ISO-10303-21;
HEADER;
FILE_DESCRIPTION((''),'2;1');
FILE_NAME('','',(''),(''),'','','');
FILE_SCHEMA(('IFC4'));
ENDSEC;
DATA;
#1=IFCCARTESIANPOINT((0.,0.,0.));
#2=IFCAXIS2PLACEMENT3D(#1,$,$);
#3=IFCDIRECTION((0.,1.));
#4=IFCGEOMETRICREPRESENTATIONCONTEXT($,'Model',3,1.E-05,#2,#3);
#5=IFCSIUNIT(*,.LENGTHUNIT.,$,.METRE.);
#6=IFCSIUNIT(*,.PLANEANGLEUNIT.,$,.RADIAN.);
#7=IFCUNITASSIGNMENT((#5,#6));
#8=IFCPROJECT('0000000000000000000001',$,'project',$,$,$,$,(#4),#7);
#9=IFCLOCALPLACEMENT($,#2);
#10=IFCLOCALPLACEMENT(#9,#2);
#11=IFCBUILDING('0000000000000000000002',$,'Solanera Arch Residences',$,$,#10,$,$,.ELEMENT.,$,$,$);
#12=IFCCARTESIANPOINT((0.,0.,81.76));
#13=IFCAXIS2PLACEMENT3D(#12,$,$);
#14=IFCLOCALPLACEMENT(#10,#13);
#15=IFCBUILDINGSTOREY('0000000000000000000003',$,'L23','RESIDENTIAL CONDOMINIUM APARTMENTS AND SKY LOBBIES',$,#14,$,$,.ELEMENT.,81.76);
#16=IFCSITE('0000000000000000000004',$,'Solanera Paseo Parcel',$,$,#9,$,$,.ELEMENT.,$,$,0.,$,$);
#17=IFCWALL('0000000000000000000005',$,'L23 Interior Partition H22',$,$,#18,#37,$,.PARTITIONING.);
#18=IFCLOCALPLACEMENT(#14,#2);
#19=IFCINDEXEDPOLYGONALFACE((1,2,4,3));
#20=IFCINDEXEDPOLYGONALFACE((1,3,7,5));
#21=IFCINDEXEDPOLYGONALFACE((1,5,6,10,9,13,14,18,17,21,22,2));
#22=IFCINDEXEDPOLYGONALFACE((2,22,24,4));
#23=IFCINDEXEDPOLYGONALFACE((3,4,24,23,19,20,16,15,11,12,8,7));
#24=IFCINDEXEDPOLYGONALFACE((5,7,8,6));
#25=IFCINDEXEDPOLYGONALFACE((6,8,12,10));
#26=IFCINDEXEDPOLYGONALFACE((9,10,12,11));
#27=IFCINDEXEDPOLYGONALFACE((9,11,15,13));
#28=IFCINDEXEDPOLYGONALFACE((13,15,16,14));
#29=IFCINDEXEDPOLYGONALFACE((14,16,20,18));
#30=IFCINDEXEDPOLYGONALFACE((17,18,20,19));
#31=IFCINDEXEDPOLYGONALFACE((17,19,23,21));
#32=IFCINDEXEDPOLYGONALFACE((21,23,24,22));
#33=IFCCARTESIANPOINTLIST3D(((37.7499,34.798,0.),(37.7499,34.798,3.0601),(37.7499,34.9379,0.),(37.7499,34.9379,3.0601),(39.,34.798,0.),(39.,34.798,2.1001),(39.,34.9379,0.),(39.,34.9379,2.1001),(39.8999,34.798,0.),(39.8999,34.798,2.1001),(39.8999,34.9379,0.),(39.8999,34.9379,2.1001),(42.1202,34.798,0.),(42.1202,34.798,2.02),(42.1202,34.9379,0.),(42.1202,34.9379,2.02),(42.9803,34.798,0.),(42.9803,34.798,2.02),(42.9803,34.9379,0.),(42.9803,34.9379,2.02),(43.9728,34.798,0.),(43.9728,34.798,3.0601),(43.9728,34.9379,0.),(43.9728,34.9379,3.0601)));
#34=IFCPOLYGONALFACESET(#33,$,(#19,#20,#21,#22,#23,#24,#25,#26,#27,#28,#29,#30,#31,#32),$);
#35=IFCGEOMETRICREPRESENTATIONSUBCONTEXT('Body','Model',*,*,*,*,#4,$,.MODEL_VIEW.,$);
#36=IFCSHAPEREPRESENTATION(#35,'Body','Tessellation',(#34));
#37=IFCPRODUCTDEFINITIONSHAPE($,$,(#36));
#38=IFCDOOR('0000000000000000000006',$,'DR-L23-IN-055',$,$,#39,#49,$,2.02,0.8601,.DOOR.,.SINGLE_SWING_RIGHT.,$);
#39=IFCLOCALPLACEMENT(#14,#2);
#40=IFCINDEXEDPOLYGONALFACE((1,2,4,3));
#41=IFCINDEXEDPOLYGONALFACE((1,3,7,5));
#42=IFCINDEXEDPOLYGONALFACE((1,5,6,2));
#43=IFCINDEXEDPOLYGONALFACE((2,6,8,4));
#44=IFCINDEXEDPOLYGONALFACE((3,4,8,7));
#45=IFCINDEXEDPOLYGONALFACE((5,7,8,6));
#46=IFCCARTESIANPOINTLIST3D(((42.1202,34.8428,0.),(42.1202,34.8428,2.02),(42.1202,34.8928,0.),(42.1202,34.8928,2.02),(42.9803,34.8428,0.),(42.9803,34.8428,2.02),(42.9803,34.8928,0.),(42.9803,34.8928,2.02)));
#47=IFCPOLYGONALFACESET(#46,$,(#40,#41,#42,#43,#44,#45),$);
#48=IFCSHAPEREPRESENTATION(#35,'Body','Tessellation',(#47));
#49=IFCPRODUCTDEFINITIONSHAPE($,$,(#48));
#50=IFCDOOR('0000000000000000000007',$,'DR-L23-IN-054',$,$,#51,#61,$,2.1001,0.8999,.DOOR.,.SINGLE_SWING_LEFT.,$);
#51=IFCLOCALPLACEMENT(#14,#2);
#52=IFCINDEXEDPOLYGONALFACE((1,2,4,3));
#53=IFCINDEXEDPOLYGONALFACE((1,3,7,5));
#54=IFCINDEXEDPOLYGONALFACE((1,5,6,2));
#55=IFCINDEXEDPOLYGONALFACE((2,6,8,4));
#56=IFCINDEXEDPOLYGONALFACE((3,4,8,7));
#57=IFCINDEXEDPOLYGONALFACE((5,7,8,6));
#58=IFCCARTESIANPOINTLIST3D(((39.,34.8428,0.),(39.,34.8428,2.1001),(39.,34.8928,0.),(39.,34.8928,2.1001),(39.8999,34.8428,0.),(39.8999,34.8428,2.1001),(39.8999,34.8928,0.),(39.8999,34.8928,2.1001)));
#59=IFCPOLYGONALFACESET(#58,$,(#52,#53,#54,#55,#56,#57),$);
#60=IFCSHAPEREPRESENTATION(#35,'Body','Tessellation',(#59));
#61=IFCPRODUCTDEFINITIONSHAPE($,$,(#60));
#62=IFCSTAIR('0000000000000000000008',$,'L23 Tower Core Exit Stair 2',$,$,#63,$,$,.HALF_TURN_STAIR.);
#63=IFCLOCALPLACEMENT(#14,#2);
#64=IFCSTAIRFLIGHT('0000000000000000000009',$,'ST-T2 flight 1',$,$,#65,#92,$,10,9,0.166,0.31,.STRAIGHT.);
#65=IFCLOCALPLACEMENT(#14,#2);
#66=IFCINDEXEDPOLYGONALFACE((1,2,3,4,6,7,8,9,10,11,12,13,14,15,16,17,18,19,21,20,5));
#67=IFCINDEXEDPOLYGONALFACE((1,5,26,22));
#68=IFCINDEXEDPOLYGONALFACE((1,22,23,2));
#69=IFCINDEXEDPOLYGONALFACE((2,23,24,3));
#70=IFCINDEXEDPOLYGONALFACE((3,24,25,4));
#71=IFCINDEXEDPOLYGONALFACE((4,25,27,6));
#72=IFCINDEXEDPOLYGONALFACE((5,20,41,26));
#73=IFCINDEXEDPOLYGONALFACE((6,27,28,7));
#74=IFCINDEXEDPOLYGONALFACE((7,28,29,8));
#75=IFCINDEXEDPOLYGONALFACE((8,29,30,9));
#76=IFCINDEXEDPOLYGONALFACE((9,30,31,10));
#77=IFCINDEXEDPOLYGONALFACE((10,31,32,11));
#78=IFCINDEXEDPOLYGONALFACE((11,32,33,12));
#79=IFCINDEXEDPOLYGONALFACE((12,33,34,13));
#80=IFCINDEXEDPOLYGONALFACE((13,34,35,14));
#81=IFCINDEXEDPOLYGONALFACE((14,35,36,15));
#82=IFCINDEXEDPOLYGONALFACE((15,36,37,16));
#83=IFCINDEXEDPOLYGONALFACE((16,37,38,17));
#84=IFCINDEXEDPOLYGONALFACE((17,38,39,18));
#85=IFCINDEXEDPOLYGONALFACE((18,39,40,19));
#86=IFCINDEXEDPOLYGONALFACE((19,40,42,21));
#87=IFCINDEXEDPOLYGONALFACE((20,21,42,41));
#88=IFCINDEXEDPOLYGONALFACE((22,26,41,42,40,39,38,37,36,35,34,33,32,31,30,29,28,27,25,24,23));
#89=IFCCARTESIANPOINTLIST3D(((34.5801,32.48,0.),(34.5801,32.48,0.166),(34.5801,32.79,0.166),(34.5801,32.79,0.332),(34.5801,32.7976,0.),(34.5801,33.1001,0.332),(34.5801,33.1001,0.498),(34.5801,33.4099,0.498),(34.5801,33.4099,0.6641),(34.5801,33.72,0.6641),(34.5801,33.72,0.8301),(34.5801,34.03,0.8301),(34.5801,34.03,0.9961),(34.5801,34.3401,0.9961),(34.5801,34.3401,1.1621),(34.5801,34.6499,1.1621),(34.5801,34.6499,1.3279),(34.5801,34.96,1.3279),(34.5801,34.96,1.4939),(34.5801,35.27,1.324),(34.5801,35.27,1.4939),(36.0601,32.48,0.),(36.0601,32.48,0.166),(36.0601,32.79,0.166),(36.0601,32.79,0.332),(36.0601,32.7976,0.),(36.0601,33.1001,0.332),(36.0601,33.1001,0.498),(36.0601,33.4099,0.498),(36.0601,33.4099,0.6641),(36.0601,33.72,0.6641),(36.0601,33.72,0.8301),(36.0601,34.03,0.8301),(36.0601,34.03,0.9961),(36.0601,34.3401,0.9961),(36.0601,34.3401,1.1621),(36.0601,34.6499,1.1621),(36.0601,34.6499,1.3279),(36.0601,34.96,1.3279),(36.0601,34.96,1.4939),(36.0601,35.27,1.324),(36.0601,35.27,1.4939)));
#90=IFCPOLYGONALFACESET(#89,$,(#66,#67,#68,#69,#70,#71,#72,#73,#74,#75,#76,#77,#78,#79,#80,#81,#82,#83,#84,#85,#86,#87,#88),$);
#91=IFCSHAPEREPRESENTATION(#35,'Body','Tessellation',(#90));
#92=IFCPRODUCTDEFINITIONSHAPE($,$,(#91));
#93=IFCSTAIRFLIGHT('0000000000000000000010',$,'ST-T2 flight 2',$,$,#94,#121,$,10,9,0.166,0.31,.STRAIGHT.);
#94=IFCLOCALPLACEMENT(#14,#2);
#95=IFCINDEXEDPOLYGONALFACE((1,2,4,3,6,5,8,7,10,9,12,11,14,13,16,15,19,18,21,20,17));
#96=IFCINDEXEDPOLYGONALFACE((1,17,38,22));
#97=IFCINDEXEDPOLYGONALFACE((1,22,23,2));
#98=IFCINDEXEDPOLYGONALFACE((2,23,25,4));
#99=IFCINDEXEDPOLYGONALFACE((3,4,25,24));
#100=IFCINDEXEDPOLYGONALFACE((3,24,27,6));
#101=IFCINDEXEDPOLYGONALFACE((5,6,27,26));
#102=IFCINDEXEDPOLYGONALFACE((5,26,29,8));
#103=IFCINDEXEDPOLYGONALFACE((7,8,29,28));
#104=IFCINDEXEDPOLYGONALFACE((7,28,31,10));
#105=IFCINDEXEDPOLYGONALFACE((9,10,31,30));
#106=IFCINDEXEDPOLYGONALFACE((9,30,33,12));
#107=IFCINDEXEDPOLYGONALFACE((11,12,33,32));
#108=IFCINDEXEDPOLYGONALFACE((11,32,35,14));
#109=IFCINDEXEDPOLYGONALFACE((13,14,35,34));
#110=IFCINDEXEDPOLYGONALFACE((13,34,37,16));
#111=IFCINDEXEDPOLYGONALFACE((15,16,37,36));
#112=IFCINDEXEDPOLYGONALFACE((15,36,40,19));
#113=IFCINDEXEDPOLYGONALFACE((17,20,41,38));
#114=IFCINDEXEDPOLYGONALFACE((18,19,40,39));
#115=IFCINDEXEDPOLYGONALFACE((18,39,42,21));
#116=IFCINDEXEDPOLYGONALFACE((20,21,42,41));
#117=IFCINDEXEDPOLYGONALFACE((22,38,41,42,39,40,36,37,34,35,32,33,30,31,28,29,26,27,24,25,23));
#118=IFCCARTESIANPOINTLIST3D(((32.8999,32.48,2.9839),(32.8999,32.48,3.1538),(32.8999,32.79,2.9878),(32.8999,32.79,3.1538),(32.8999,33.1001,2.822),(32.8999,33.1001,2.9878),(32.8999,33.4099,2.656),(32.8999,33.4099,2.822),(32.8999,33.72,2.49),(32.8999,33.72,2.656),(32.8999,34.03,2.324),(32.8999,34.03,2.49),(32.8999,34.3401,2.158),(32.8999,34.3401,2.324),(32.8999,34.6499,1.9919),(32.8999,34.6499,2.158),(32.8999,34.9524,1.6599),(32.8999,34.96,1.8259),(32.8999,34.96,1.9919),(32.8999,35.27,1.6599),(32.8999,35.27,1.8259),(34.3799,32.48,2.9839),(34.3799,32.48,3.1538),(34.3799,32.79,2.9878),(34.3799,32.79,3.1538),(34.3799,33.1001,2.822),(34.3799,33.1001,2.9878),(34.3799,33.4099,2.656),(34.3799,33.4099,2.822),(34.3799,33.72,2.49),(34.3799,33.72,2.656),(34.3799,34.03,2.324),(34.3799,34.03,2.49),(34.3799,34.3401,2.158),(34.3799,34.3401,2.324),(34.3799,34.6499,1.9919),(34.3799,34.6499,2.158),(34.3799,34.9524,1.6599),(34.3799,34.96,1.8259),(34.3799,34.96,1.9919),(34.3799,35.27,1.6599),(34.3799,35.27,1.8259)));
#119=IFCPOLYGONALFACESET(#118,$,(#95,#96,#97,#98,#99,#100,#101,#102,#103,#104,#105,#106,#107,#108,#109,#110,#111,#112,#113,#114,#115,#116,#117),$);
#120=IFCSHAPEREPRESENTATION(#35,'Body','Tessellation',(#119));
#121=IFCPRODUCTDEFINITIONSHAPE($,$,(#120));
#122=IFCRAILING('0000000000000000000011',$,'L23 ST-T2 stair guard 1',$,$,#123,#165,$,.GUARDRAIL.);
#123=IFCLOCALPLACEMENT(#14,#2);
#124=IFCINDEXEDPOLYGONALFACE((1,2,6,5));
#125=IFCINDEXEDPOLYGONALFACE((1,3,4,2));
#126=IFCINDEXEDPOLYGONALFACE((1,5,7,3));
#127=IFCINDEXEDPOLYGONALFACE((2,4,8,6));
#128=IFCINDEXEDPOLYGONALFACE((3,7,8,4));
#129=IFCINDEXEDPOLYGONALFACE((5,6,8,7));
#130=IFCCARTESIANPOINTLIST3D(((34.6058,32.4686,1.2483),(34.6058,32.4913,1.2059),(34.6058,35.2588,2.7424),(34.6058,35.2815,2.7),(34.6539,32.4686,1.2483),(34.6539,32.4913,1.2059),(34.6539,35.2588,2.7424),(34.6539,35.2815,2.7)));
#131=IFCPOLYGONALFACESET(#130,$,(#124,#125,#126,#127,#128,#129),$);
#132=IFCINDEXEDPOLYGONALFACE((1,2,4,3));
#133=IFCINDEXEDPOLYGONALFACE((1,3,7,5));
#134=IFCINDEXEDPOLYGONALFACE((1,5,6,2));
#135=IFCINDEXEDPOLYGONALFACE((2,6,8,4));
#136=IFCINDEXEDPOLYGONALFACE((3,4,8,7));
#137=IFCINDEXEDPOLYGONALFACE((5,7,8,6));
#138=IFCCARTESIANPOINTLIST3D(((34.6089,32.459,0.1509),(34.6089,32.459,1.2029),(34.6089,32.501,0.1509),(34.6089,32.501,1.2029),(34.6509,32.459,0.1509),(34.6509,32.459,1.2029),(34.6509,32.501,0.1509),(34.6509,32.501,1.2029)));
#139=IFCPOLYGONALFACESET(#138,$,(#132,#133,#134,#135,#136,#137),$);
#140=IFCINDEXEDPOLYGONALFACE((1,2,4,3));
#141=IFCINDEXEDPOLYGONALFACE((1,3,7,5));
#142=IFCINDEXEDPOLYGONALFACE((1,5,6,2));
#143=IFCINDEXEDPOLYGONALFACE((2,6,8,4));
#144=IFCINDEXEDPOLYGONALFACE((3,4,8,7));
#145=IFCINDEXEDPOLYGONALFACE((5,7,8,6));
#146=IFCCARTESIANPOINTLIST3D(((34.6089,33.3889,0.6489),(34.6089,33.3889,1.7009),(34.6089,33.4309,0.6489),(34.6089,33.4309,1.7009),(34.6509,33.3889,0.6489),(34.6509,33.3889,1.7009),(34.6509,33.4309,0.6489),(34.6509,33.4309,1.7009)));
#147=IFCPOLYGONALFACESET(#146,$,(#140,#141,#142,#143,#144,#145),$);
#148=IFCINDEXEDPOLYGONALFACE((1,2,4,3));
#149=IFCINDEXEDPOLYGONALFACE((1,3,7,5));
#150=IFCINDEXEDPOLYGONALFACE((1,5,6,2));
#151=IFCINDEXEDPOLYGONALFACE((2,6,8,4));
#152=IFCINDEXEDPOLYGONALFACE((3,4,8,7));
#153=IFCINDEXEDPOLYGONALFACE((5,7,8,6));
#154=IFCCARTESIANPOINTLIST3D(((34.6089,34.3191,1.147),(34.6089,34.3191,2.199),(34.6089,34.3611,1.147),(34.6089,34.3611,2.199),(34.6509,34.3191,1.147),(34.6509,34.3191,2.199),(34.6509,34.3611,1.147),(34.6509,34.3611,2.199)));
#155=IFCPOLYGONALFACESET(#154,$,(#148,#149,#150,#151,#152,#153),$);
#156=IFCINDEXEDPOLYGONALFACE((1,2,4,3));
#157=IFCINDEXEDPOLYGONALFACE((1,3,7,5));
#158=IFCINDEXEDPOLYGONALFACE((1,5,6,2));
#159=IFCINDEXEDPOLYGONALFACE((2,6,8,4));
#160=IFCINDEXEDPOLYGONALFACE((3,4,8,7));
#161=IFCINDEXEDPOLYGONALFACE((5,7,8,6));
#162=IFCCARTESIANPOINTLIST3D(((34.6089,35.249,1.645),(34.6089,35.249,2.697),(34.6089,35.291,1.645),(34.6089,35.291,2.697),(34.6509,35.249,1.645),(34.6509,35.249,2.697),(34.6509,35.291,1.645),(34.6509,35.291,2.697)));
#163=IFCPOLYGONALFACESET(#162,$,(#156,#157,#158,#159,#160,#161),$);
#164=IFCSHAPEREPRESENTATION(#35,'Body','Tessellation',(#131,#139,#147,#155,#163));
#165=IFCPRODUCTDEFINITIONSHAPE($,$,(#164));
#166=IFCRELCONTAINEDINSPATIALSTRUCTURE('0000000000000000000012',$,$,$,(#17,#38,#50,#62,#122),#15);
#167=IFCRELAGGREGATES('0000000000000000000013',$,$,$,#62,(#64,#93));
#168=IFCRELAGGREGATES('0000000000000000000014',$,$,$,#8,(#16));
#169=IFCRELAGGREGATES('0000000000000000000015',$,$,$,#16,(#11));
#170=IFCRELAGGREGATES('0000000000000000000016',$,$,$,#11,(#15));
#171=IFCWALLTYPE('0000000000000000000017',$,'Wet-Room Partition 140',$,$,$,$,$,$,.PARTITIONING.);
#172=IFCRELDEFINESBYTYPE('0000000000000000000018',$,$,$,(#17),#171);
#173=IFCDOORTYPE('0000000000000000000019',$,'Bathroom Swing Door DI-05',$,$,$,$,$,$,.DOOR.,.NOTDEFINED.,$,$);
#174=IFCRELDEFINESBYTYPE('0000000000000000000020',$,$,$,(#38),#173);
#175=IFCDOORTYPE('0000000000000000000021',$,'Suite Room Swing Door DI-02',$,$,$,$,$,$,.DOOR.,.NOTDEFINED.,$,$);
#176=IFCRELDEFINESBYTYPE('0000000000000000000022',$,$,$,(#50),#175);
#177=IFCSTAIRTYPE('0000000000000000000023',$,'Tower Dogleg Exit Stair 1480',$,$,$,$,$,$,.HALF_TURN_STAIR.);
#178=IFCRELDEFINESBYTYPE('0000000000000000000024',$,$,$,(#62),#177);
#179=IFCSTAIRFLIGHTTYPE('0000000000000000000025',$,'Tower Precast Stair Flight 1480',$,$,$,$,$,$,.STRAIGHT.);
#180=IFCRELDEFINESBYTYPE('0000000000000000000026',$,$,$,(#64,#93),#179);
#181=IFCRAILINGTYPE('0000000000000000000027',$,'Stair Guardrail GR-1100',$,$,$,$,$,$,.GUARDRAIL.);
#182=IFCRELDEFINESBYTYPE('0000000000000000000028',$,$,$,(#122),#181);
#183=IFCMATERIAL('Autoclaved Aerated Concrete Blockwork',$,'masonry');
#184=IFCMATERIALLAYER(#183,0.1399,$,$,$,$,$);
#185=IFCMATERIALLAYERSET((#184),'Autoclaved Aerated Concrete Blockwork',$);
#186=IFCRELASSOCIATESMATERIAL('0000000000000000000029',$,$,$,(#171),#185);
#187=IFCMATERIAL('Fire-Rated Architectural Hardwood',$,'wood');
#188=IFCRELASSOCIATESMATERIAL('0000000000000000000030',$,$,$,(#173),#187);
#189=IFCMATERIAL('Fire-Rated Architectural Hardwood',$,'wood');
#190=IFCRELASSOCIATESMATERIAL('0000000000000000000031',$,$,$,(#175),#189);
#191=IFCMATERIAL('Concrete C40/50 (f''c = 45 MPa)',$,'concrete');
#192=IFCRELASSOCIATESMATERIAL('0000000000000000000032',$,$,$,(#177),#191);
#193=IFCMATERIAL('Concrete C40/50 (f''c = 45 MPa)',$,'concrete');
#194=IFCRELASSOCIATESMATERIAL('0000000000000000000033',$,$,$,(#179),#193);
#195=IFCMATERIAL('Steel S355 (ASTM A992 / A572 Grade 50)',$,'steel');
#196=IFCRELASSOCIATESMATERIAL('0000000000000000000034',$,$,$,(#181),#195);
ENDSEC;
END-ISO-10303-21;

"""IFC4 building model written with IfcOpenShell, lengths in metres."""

from ifc_helpers import new_model, si_unit, direction, frame, frame_2d, origin, origin_2d, place, context, subcontext, project, spatial, polyline, rectangle, outline, extrude, material, layer, layer_set, type_object, element, fill, aggregate, save


model = new_model("IFC4")

# Units and contexts
model_context = context("Model", 3, precision=1e-05, world=origin(), true_north=direction((0.0, 1.0)))
body_context = subcontext(model_context, "Body", "Model", "MODEL_VIEW")
ifc_project = project(units=[si_unit("LENGTHUNIT", "METRE"), si_unit("PLANEANGLEUNIT", "RADIAN")], contexts=[model_context])

# Site, building, storey
site_placement = place(None, origin())
site = spatial("IfcSite", under=ifc_project, at=site_placement, Name="Solanera Paseo Parcel", CompositionType="ELEMENT", RefElevation=0.0)
building_placement = place(site_placement, origin())
building = spatial("IfcBuilding", under=site, at=building_placement, Name="Solanera Arch Residences", CompositionType="ELEMENT")
storey_placement = place(building_placement, frame((0.0, 0.0, 81.76)))
storey = spatial("IfcBuildingStorey", under=building, at=storey_placement, Name="L23", Description="RESIDENTIAL CONDOMINIUM APARTMENTS AND SKY LOBBIES", CompositionType="ELEMENT", Elevation=81.76)

# Wall, openings, doors
ifc_material_1 = material(Name="Autoclaved Aerated Concrete Blockwork", Category="masonry")
ifc_layer_1 = layer(ifc_material_1, 0.1399)
ifc_layer_set_1 = layer_set([ifc_layer_1], Name="Autoclaved Aerated Concrete Blockwork")
wall_type_1 = type_object("IfcWallType", Name="Wet-Room Partition 140", PredefinedType="PARTITIONING", material=ifc_layer_set_1)
wall_1_placement = place(storey_placement, frame((37.75, 34.8679, 0.0), z_axis=(0.0, 0.0, 1.0), x_axis=(1.0, 0.0, 0.0)))
wall_1 = element("IfcWall", 1, at=wall_1_placement, inside=storey, type_object=wall_type_1, Name="L23 Interior Partition H22", PredefinedType="PARTITIONING", context=body_context, shape_type="SweptSolid", body=[
    extrude(rectangle(XDim=6.2229, YDim=0.1399, at=frame_2d((3.1113, 0.0))), origin(), (0.0, 0.0, 1.0), 3.0601),
])
opening_1_placement = place(wall_1_placement, frame((1.25, 0.0, 0.0)))
opening_1 = element("IfcOpeningElement", 2, at=opening_1_placement, cuts=wall_1, PredefinedType="OPENING", context=body_context, shape_type="SweptSolid", body=[
    extrude(rectangle(XDim=0.8999, YDim=2.1001, at=frame_2d((0.45, 1.05))), frame((0.0, 0.0798, 0.0), z_axis=(0.0, -1.0, 0.0), x_axis=(1.0, 0.0, 0.0)), (0.0, 0.0, 1.0), 0.1599),
])
opening_2_placement = place(wall_1_placement, frame((4.3701, 0.0, 0.0)))
opening_2 = element("IfcOpeningElement", 3, at=opening_2_placement, cuts=wall_1, PredefinedType="OPENING", context=body_context, shape_type="SweptSolid", body=[
    extrude(rectangle(XDim=0.8601, YDim=2.02, at=frame_2d((0.4302, 1.01))), frame((0.0, 0.0798, 0.0), z_axis=(0.0, -1.0, 0.0), x_axis=(1.0, 0.0, 0.0)), (0.0, 0.0, 1.0), 0.1599),
])
ifc_material_2 = material(Name="Fire-Rated Architectural Hardwood", Category="wood")
door_type_1 = type_object("IfcDoorType", Name="Bathroom Swing Door DI-05", OperationType="NOTDEFINED", PredefinedType="DOOR", material=ifc_material_2)
door_1_placement = place(opening_2_placement, origin())
door_1 = element("IfcDoor", 4, at=door_1_placement, inside=storey, type_object=door_type_1, Name="DR-L23-IN-055", OperationType="SINGLE_SWING_RIGHT", OverallHeight=2.02, OverallWidth=0.8601, PredefinedType="DOOR", context=body_context, shape_type="SweptSolid", body=[
    extrude(rectangle(XDim=0.8601, YDim=2.02, at=frame_2d((0.4302, 1.01))), frame((0.0, 0.0249, 0.0), z_axis=(0.0, -1.0, 0.0), x_axis=(1.0, 0.0, 0.0)), (0.0, 0.0, 1.0), 0.05),
])
fill(opening_2, door_1)
ifc_material_3 = material(Name="Fire-Rated Architectural Hardwood", Category="wood")
door_type_2 = type_object("IfcDoorType", Name="Suite Room Swing Door DI-02", OperationType="NOTDEFINED", PredefinedType="DOOR", material=ifc_material_3)
door_2_placement = place(opening_1_placement, origin())
door_2 = element("IfcDoor", 5, at=door_2_placement, inside=storey, type_object=door_type_2, Name="DR-L23-IN-054", OperationType="SINGLE_SWING_LEFT", OverallHeight=2.1001, OverallWidth=0.8999, PredefinedType="DOOR", context=body_context, shape_type="SweptSolid", body=[
    extrude(rectangle(XDim=0.8999, YDim=2.1001, at=frame_2d((0.45, 1.05))), frame((0.0, 0.0249, 0.0), z_axis=(0.0, -1.0, 0.0), x_axis=(1.0, 0.0, 0.0)), (0.0, 0.0, 1.0), 0.05),
])
fill(opening_1, door_2)

# Stair, stair flights
ifc_material_4 = material(Name="Concrete C40/50 (f'c = 45 MPa)", Category="concrete")
stair_type = type_object("IfcStairType", Name="Tower Dogleg Exit Stair 1480", PredefinedType="HALF_TURN_STAIR", material=ifc_material_4)
stair_placement = place(storey_placement, origin())
stair = element("IfcStair", 6, at=stair_placement, inside=storey, type_object=stair_type, Name="L23 Tower Core Exit Stair 2", PredefinedType="HALF_TURN_STAIR")
ifc_material_5 = material(Name="Concrete C40/50 (f'c = 45 MPa)", Category="concrete")
stair_flight_type = type_object("IfcStairFlightType", Name="Tower Precast Stair Flight 1480", PredefinedType="STRAIGHT", material=ifc_material_5)
stair_flight_1_placement = place(storey_placement, frame((35.3201, 32.48, 0.0), z_axis=(0.0, 0.0, 1.0), x_axis=(0.0, 1.0, 0.0)))
stair_flight_1 = element("IfcStairFlight", 7, at=stair_flight_1_placement, type_object=stair_flight_type, Name="ST-T2 flight 1", NumberOfRisers=10, NumberOfTreads=9, PredefinedType="STRAIGHT", RiserHeight=0.166, TreadLength=0.31, context=body_context, shape_type="SweptSolid", body=[
    extrude(outline(polyline([(0.0, 0.0), (0.0, 0.166), (0.3101, 0.166), (0.3101, 0.332), (0.6201, 0.332), (0.6201, 0.498), (0.9299, 0.498), (0.9299, 0.6641), (1.24, 0.6641), (1.24, 0.8301), (1.55, 0.8301), (1.55, 0.9961), (1.8601, 0.9961), (1.8601, 1.1621), (2.1699, 1.1621), (2.1699, 1.3279), (2.48, 1.3279), (2.48, 1.4939), (2.79, 1.4939), (2.79, 1.6599), (2.79, 1.324), (0.3176, 0.0), (0.0, 0.0)])), frame((0.0, 0.74, 0.0), z_axis=(0.0, -1.0, 0.0), x_axis=(1.0, 0.0, 0.0)), (0.0, 0.0, 1.0), 1.48),
])
stair_flight_2_placement = place(storey_placement, frame((33.6399, 35.27, 1.6599), z_axis=(0.0, 0.0, 1.0), x_axis=(0.0, -1.0, 0.0)))
stair_flight_2 = element("IfcStairFlight", 8, at=stair_flight_2_placement, type_object=stair_flight_type, Name="ST-T2 flight 2", NumberOfRisers=10, NumberOfTreads=9, PredefinedType="STRAIGHT", RiserHeight=0.166, TreadLength=0.31, context=body_context, shape_type="SweptSolid", body=[
    extrude(outline(polyline([(0.0, 0.0), (0.0, 0.166), (0.3101, 0.166), (0.3101, 0.332), (0.6201, 0.332), (0.6201, 0.498), (0.9299, 0.498), (0.9299, 0.6641), (1.24, 0.6641), (1.24, 0.8301), (1.55, 0.8301), (1.55, 0.9961), (1.8601, 0.9961), (1.8601, 1.1621), (2.1699, 1.1621), (2.1699, 1.3279), (2.48, 1.3279), (2.48, 1.4939), (2.79, 1.4939), (2.79, 1.6599), (2.79, 1.324), (0.3176, 0.0), (0.0, 0.0)])), frame((0.0, 0.74, 0.0), z_axis=(0.0, -1.0, 0.0), x_axis=(1.0, 0.0, 0.0)), (0.0, 0.0, 1.0), 1.48),
])
aggregate(stair, [stair_flight_1, stair_flight_2])

# Railing
ifc_material_6 = material(Name="Steel S355 (ASTM A992 / A572 Grade 50)", Category="steel")
railing_type_1 = type_object("IfcRailingType", Name="Stair Guardrail GR-1100", PredefinedType="GUARDRAIL", material=ifc_material_6)
railing_1_placement = place(storey_placement, frame((34.6299, 32.48, 0.1509)))
element("IfcRailing", 9, at=railing_1_placement, inside=storey, type_object=railing_type_1, Name="L23 ST-T2 stair guard 1", PredefinedType="GUARDRAIL", context=body_context, shape_type="SweptSolid", body=[
    extrude(rectangle(XDim=0.0481, YDim=0.0481, at=origin_2d()), frame((0.0, 0.0, 1.0762), z_axis=(0.0, 0.881549, 0.472093), x_axis=(-1.0, 0.0, 0.0)), (0.0, 0.0, 1.0), 3.165),
    extrude(rectangle(XDim=0.042, YDim=0.042, at=origin_2d()), origin(), (0.0, 0.0, 1.0), 1.052),
    extrude(rectangle(XDim=0.042, YDim=0.042, at=origin_2d()), frame((0.0, 0.9299, 0.498)), (0.0, 0.0, 1.0), 1.052),
    extrude(rectangle(XDim=0.042, YDim=0.042, at=origin_2d()), frame((0.0, 1.8601, 0.9961)), (0.0, 0.0, 1.0), 1.052),
    extrude(rectangle(XDim=0.042, YDim=0.042, at=origin_2d()), frame((0.0, 2.79, 1.4941)), (0.0, 0.0, 1.0), 1.052),
])

save(model, "model.ifc")
